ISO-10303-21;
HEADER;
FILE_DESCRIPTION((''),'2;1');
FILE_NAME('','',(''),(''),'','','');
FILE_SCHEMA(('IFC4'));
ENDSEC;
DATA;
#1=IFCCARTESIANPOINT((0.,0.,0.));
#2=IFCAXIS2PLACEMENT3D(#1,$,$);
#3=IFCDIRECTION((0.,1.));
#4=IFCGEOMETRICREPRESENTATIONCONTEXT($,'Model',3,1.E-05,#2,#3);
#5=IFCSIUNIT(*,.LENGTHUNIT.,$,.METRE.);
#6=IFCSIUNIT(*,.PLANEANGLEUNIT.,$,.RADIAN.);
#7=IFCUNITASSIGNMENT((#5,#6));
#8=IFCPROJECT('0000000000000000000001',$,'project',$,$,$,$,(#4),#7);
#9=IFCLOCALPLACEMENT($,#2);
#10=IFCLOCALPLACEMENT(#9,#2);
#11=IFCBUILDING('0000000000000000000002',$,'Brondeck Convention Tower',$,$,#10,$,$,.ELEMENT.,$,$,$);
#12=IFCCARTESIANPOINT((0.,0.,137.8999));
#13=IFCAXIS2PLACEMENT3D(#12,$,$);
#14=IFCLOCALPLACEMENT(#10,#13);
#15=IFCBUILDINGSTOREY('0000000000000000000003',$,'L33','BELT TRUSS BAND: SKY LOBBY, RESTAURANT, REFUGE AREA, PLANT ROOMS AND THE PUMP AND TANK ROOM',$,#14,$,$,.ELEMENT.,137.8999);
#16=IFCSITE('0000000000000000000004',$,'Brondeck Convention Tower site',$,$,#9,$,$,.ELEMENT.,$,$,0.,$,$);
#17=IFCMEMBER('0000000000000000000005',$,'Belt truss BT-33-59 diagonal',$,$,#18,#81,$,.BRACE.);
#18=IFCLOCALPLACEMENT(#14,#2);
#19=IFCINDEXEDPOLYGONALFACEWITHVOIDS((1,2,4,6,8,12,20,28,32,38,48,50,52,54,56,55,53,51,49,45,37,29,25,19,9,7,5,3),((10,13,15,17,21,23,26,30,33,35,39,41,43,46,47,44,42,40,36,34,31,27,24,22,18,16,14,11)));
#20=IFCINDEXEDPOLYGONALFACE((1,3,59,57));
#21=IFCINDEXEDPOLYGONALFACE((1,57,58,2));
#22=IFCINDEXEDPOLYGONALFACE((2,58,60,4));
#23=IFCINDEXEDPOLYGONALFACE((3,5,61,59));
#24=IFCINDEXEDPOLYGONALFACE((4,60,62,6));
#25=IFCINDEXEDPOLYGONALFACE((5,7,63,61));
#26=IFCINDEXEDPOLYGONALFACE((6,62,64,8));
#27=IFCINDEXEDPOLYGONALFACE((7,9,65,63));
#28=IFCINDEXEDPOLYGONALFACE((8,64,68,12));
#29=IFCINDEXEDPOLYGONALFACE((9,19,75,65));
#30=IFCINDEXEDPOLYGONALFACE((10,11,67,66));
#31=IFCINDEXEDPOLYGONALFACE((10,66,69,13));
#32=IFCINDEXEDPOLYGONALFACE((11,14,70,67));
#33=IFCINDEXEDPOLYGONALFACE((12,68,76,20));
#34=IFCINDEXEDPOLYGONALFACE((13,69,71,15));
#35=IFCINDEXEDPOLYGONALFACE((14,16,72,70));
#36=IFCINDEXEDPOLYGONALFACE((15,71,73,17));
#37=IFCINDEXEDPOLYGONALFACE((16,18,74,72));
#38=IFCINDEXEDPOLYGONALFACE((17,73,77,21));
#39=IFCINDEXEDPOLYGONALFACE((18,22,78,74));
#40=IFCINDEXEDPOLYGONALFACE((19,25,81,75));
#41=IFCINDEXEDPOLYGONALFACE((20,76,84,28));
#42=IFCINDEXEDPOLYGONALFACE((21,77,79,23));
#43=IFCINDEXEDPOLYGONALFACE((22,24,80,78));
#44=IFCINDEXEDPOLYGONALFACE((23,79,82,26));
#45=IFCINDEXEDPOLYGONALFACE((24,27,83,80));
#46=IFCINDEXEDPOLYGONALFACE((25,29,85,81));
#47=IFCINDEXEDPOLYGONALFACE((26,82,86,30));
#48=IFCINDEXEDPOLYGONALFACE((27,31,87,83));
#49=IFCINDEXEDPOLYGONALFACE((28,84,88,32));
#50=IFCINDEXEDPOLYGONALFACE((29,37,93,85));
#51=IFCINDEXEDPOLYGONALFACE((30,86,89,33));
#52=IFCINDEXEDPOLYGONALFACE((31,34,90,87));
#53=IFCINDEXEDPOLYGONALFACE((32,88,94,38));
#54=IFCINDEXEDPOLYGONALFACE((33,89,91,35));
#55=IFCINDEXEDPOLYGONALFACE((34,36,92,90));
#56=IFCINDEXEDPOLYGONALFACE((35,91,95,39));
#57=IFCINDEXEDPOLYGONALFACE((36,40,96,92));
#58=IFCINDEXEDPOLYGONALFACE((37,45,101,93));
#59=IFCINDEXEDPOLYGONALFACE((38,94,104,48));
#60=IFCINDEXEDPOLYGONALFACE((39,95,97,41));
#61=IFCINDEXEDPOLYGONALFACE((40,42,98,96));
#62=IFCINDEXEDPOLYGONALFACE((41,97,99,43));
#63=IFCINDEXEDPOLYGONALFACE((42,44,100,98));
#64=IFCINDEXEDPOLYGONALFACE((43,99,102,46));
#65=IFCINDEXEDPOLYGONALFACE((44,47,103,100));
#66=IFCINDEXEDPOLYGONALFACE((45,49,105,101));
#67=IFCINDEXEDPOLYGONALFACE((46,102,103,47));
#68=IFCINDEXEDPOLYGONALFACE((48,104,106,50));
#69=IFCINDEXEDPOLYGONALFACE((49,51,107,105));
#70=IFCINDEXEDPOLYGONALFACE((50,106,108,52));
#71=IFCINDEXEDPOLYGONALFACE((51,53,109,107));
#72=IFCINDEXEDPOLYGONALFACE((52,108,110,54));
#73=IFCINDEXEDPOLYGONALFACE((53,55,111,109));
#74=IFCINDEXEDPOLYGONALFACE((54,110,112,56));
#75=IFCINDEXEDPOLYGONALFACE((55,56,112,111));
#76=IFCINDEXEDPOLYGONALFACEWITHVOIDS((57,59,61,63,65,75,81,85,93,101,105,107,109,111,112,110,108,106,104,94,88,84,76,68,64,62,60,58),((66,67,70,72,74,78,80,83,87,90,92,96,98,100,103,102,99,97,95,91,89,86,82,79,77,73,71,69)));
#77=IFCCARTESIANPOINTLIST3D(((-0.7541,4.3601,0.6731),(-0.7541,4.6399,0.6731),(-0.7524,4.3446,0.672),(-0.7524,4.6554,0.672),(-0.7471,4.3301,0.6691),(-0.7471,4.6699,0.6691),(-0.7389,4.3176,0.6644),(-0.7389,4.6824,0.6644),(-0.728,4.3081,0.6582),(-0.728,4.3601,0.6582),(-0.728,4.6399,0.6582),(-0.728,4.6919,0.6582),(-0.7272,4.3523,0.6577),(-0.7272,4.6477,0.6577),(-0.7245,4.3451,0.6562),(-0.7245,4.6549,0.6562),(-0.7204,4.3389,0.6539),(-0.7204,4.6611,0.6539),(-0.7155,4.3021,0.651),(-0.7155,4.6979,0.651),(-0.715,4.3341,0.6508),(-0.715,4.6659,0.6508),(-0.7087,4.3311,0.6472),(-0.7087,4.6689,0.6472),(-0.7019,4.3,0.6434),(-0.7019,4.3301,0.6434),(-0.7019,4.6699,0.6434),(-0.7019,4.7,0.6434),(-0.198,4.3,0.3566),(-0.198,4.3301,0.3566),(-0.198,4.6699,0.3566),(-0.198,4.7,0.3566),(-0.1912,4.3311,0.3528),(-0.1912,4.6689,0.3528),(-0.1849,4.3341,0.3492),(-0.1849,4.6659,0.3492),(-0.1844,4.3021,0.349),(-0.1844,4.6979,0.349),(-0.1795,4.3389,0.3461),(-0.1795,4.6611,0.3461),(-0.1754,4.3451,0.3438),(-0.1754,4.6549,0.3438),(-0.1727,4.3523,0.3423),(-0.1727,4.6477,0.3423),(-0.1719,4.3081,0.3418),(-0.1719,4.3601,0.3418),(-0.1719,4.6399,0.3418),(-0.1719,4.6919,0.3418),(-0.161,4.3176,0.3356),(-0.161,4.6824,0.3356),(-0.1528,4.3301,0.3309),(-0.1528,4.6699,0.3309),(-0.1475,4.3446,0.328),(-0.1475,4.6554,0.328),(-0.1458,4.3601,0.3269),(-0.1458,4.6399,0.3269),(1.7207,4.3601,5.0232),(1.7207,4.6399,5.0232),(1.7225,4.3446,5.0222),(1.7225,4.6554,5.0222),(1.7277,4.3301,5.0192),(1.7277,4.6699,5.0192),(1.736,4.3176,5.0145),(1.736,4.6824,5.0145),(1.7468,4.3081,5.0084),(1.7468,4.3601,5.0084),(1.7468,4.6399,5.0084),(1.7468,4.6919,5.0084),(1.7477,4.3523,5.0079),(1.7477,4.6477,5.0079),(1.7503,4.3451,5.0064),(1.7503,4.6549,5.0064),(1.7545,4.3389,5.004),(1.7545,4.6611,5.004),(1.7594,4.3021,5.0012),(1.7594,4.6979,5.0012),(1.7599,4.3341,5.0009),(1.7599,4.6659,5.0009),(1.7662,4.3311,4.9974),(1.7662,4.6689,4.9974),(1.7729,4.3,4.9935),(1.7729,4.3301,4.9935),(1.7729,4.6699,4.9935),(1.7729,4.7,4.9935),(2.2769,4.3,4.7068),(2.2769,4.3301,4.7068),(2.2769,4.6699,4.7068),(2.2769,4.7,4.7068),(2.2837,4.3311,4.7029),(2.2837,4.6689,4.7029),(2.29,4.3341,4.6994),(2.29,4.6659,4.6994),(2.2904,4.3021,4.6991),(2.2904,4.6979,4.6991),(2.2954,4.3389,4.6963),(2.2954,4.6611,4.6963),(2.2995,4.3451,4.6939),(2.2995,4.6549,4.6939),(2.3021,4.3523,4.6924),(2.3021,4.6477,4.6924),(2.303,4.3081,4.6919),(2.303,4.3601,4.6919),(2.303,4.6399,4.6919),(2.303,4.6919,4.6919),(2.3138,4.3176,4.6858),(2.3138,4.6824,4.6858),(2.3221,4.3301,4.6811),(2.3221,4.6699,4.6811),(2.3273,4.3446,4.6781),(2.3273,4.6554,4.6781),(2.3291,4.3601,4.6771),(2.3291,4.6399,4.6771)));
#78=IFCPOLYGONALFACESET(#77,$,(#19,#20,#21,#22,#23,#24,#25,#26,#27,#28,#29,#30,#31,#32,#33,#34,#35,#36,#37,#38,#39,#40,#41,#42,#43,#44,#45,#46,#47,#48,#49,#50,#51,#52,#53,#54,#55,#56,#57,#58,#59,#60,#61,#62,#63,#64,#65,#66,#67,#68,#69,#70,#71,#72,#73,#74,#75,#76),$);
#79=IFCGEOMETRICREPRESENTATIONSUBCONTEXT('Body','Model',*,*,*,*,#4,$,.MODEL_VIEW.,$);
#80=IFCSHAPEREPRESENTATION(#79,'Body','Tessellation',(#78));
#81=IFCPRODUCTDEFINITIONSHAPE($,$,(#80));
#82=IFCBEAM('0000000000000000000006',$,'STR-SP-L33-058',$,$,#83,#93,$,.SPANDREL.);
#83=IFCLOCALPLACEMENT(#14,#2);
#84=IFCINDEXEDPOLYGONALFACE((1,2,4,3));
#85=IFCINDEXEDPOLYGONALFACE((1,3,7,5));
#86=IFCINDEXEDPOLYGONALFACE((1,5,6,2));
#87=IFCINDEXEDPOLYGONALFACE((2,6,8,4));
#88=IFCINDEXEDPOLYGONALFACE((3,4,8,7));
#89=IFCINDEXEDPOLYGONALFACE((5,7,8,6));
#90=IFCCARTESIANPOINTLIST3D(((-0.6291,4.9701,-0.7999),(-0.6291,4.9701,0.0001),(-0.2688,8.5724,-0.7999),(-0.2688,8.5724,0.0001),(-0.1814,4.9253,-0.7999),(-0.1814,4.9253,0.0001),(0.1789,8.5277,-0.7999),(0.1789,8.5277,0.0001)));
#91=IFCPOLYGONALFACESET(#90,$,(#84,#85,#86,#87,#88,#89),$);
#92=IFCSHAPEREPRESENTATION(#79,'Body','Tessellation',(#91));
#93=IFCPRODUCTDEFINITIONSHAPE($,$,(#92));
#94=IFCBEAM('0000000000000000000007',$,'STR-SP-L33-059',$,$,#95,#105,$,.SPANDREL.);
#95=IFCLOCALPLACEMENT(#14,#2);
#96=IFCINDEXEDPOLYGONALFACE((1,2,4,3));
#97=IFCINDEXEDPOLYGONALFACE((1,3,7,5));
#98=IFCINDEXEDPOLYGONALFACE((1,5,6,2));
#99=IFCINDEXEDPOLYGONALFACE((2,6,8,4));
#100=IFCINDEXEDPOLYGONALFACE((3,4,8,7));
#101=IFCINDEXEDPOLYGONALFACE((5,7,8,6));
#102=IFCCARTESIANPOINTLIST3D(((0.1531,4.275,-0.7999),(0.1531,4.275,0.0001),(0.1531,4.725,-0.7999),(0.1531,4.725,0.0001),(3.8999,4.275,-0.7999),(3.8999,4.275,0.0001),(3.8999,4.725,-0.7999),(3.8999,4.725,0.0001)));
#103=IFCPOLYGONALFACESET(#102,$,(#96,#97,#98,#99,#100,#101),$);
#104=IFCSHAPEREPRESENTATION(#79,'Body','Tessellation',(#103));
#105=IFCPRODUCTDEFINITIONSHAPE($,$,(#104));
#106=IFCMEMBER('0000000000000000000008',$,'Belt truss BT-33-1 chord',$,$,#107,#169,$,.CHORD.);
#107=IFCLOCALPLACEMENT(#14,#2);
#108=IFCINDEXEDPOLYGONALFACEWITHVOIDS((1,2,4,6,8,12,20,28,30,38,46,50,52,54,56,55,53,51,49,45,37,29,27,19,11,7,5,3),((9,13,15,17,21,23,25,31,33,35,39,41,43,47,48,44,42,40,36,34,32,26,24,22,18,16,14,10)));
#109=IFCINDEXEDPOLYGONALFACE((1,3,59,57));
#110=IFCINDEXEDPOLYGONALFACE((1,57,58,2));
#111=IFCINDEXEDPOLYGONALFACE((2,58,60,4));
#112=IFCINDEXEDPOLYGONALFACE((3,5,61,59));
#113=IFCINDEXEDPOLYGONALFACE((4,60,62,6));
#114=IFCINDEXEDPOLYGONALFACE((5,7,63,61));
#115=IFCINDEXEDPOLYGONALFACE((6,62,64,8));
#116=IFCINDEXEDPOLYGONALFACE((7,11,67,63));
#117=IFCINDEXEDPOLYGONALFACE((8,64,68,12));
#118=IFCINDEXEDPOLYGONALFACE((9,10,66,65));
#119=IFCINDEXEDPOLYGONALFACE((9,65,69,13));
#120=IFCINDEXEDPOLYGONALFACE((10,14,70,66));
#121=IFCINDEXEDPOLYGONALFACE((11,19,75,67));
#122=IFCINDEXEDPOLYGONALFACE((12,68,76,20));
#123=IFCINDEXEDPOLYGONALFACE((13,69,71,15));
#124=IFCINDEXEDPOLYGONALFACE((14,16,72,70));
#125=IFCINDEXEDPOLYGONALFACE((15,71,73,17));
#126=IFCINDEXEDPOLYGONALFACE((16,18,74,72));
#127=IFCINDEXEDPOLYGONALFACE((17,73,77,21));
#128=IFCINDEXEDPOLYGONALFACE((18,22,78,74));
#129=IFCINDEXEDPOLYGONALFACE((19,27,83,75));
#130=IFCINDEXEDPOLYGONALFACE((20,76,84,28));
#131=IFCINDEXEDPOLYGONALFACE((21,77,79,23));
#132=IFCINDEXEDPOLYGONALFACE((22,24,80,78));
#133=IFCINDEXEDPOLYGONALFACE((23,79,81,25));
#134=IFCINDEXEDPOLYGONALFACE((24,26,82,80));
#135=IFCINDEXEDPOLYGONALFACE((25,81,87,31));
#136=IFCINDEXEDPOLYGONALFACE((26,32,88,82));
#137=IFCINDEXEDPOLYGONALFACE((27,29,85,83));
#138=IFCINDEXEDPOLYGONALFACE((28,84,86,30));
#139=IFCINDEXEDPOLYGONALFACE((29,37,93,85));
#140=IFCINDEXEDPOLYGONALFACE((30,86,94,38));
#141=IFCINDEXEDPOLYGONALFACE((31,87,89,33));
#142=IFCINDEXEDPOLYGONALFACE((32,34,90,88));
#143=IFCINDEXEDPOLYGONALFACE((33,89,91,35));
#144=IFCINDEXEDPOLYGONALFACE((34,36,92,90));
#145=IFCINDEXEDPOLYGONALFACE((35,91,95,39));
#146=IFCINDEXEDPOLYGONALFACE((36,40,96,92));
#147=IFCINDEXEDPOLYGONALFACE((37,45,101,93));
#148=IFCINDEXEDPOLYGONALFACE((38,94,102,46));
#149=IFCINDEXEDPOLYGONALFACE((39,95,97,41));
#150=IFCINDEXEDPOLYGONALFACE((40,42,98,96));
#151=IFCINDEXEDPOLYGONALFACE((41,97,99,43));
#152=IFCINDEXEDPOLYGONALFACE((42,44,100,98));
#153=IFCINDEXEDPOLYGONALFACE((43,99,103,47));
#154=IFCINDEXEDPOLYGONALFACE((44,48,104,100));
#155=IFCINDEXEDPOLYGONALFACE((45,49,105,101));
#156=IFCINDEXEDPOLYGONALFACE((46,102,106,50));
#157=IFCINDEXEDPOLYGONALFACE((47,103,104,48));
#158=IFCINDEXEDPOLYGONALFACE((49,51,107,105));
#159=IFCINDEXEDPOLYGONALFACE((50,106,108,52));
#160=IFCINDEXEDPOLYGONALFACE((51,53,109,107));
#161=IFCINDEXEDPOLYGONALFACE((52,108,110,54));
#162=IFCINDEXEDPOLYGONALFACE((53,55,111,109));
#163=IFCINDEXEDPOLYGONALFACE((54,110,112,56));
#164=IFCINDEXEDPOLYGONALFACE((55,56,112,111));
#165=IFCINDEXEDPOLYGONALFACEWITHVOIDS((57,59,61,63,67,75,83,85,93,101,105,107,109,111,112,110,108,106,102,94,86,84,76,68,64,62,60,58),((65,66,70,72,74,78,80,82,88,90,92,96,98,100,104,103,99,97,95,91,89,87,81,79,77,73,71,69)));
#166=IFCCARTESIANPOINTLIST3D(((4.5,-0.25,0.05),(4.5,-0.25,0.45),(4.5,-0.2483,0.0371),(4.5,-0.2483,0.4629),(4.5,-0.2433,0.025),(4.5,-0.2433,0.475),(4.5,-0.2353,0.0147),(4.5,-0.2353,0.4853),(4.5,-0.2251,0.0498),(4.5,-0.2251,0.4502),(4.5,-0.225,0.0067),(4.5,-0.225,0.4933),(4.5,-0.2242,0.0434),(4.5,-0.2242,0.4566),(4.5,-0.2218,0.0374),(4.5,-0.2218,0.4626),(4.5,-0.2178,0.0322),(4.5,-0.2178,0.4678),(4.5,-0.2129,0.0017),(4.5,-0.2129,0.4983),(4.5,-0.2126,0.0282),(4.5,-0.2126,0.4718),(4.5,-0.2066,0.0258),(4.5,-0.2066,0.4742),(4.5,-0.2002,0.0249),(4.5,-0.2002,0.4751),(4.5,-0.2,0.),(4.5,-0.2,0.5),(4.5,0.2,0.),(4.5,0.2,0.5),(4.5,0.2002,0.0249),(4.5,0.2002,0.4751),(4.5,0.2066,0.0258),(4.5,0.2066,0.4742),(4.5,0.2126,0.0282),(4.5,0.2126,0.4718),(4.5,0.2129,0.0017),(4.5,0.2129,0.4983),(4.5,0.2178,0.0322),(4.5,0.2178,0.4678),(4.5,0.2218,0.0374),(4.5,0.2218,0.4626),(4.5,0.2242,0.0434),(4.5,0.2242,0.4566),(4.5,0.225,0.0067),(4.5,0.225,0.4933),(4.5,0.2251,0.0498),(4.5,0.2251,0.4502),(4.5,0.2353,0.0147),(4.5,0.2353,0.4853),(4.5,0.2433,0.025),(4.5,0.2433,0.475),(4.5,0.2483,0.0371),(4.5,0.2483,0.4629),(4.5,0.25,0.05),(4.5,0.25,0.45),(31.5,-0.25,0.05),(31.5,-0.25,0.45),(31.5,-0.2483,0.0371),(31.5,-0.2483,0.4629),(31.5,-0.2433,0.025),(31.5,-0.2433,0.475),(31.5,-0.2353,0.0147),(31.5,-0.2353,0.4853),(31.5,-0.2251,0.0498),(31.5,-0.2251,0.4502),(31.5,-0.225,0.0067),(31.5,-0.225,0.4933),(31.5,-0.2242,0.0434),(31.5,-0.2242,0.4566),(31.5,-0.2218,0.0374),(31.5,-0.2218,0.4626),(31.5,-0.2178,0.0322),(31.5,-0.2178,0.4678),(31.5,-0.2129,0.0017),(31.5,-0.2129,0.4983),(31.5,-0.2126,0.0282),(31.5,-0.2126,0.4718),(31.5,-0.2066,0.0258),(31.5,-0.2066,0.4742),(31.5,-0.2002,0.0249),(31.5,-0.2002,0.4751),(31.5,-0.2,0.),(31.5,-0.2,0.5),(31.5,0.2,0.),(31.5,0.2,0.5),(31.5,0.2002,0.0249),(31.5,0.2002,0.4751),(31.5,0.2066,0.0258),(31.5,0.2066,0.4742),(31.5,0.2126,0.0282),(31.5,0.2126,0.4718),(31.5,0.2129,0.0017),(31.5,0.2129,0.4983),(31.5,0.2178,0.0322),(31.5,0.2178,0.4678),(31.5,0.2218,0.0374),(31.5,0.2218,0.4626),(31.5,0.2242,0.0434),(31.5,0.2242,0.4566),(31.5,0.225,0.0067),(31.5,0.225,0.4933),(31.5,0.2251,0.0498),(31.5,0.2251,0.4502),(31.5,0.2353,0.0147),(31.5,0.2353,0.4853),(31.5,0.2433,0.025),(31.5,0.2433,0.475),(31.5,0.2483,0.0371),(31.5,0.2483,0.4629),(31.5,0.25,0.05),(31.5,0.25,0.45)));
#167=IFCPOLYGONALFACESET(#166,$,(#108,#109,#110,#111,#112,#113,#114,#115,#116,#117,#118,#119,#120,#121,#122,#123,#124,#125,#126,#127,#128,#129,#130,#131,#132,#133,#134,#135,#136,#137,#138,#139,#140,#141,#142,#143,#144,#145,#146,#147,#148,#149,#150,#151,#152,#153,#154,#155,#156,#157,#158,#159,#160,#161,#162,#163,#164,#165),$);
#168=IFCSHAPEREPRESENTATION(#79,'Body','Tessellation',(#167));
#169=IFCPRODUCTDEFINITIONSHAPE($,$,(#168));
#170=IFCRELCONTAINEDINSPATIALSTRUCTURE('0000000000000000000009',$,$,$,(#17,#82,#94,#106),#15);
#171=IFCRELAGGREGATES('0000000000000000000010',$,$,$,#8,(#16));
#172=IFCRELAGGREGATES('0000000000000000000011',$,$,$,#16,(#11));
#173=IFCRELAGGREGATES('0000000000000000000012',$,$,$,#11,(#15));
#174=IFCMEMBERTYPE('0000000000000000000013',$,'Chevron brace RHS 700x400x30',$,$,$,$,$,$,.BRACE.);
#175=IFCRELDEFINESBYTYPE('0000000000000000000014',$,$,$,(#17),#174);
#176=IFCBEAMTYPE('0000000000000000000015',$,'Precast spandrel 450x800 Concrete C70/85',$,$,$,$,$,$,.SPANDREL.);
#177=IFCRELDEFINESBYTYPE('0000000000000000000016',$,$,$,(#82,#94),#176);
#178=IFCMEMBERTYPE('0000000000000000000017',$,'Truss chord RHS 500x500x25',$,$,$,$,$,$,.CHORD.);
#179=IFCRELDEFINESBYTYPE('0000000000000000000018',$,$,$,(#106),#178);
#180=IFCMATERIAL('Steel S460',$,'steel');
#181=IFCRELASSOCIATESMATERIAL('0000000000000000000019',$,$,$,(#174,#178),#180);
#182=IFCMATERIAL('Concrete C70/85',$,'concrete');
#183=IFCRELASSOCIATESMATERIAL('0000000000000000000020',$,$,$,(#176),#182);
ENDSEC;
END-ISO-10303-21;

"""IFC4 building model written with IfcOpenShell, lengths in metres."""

from ifc_helpers import new_model, si_unit, direction, frame, origin, origin_2d, place, context, subcontext, project, spatial, rectangle, hollow_rectangle, extrude, material, material_profile, profile_set, type_object, element, save


model = new_model("IFC4")

# Units and contexts
model_context = context("Model", 3, precision=1e-05, world=origin(), true_north=direction((0.0, 1.0)))
body_context = subcontext(model_context, "Body", "Model", "MODEL_VIEW")
ifc_project = project(units=[si_unit("LENGTHUNIT", "METRE"), si_unit("PLANEANGLEUNIT", "RADIAN")], contexts=[model_context])

# Site, building, storey
site_placement = place(None, origin())
site = spatial("IfcSite", under=ifc_project, at=site_placement, Name="Brondeck Convention Tower site", CompositionType="ELEMENT", RefElevation=0.0)
building_placement = place(site_placement, origin())
building = spatial("IfcBuilding", under=site, at=building_placement, Name="Brondeck Convention Tower", CompositionType="ELEMENT")
storey_placement = place(building_placement, frame((0.0, 0.0, 137.8999)))
storey = spatial("IfcBuildingStorey", under=building, at=storey_placement, Name="L33", Description="BELT TRUSS BAND: SKY LOBBY, RESTAURANT, REFUGE AREA, PLANT ROOMS AND THE PUMP AND TANK ROOM", CompositionType="ELEMENT", Elevation=137.8999)

# Shared definitions
ifc_material_1 = material(Name="Concrete C70/85", Category="concrete")

# Member
ifc_material_2 = material(Name="Steel S460", Category="steel")
ifc_material_profile_1 = material_profile(ifc_material_2, hollow_rectangle(XDim=0.3999, YDim=0.7, WallThickness=0.03, InnerFilletRadius=0.03, OuterFilletRadius=0.0601, at=origin_2d()), Name="RHS 700x400x30")
ifc_profile_set_1 = profile_set([ifc_material_profile_1], Name="Steel S460")
member_type_1 = type_object("IfcMemberType", Name="Chevron brace RHS 700x400x30", PredefinedType="BRACE", material=ifc_profile_set_1)
member_1_placement = place(storey_placement, frame((-0.45, 4.5, 0.5), z_axis=(0.494494, 0.0, 0.869181), x_axis=(0.0, 1.0, 0.0)))
element("IfcMember", 1, at=member_1_placement, inside=storey, type_object=member_type_1, Name="Belt truss BT-33-59 diagonal", PredefinedType="BRACE", context=body_context, shape_type="SweptSolid", body=[
    extrude(hollow_rectangle(XDim=0.3999, YDim=0.7, WallThickness=0.03, InnerFilletRadius=0.03, OuterFilletRadius=0.0601, at=origin_2d()), origin(), (0.0, 0.0, 1.0), 5.0049),
])

# Beams
ifc_material_profile_2 = material_profile(ifc_material_1, rectangle(XDim=0.45, YDim=0.8, at=origin_2d()), Name="Precast spandrel 450x800 Concrete C70/85")
ifc_profile_set_2 = profile_set([ifc_material_profile_2], Name="Concrete C70/85")
beam_type = type_object("IfcBeamType", Name="Precast spandrel 450x800 Concrete C70/85", PredefinedType="SPANDREL", material=ifc_profile_set_2)
beam_1_placement = place(storey_placement, frame((-0.0449, 8.55, -0.3999), z_axis=(-0.099537, -0.995034, 0.0), x_axis=(0.995034, -0.099537, 0.0)))
element("IfcBeam", 2, at=beam_1_placement, inside=storey, type_object=beam_type, Name="STR-SP-L33-058", PredefinedType="SPANDREL", context=body_context, shape_type="SweptSolid", body=[
    extrude(rectangle(XDim=0.45, YDim=0.8, at=origin_2d()), origin(), (0.0, 0.0, 1.0), 3.6204),
])
beam_2_placement = place(storey_placement, frame((0.1531, 4.5, -0.3999), z_axis=(1.0, 0.0, 0.0), x_axis=(0.0, 1.0, 0.0)))
element("IfcBeam", 3, at=beam_2_placement, inside=storey, type_object=beam_type, Name="STR-SP-L33-059", PredefinedType="SPANDREL", context=body_context, shape_type="SweptSolid", body=[
    extrude(rectangle(XDim=0.45, YDim=0.8, at=origin_2d()), origin(), (0.0, 0.0, 1.0), 3.7468),
])

# Member
ifc_material_profile_3 = material_profile(ifc_material_2, hollow_rectangle(XDim=0.5, YDim=0.5, WallThickness=0.0249, InnerFilletRadius=0.0249, OuterFilletRadius=0.05, at=origin_2d()), Name="RHS 500x500x25")
ifc_profile_set_3 = profile_set([ifc_material_profile_3], Name="Steel S460")
member_type_2 = type_object("IfcMemberType", Name="Truss chord RHS 500x500x25", PredefinedType="CHORD", material=ifc_profile_set_3)
member_2_placement = place(storey_placement, frame((4.5, 0.0, 0.25), z_axis=(1.0, 0.0, 0.0), x_axis=(0.0, 1.0, 0.0)))
element("IfcMember", 4, at=member_2_placement, inside=storey, type_object=member_type_2, Name="Belt truss BT-33-1 chord", PredefinedType="CHORD", context=body_context, shape_type="SweptSolid", body=[
    extrude(hollow_rectangle(XDim=0.5, YDim=0.5, WallThickness=0.0249, InnerFilletRadius=0.0249, OuterFilletRadius=0.05, at=origin_2d()), origin(), (0.0, 0.0, 1.0), 27.0),
])

save(model, "model.ifc")
